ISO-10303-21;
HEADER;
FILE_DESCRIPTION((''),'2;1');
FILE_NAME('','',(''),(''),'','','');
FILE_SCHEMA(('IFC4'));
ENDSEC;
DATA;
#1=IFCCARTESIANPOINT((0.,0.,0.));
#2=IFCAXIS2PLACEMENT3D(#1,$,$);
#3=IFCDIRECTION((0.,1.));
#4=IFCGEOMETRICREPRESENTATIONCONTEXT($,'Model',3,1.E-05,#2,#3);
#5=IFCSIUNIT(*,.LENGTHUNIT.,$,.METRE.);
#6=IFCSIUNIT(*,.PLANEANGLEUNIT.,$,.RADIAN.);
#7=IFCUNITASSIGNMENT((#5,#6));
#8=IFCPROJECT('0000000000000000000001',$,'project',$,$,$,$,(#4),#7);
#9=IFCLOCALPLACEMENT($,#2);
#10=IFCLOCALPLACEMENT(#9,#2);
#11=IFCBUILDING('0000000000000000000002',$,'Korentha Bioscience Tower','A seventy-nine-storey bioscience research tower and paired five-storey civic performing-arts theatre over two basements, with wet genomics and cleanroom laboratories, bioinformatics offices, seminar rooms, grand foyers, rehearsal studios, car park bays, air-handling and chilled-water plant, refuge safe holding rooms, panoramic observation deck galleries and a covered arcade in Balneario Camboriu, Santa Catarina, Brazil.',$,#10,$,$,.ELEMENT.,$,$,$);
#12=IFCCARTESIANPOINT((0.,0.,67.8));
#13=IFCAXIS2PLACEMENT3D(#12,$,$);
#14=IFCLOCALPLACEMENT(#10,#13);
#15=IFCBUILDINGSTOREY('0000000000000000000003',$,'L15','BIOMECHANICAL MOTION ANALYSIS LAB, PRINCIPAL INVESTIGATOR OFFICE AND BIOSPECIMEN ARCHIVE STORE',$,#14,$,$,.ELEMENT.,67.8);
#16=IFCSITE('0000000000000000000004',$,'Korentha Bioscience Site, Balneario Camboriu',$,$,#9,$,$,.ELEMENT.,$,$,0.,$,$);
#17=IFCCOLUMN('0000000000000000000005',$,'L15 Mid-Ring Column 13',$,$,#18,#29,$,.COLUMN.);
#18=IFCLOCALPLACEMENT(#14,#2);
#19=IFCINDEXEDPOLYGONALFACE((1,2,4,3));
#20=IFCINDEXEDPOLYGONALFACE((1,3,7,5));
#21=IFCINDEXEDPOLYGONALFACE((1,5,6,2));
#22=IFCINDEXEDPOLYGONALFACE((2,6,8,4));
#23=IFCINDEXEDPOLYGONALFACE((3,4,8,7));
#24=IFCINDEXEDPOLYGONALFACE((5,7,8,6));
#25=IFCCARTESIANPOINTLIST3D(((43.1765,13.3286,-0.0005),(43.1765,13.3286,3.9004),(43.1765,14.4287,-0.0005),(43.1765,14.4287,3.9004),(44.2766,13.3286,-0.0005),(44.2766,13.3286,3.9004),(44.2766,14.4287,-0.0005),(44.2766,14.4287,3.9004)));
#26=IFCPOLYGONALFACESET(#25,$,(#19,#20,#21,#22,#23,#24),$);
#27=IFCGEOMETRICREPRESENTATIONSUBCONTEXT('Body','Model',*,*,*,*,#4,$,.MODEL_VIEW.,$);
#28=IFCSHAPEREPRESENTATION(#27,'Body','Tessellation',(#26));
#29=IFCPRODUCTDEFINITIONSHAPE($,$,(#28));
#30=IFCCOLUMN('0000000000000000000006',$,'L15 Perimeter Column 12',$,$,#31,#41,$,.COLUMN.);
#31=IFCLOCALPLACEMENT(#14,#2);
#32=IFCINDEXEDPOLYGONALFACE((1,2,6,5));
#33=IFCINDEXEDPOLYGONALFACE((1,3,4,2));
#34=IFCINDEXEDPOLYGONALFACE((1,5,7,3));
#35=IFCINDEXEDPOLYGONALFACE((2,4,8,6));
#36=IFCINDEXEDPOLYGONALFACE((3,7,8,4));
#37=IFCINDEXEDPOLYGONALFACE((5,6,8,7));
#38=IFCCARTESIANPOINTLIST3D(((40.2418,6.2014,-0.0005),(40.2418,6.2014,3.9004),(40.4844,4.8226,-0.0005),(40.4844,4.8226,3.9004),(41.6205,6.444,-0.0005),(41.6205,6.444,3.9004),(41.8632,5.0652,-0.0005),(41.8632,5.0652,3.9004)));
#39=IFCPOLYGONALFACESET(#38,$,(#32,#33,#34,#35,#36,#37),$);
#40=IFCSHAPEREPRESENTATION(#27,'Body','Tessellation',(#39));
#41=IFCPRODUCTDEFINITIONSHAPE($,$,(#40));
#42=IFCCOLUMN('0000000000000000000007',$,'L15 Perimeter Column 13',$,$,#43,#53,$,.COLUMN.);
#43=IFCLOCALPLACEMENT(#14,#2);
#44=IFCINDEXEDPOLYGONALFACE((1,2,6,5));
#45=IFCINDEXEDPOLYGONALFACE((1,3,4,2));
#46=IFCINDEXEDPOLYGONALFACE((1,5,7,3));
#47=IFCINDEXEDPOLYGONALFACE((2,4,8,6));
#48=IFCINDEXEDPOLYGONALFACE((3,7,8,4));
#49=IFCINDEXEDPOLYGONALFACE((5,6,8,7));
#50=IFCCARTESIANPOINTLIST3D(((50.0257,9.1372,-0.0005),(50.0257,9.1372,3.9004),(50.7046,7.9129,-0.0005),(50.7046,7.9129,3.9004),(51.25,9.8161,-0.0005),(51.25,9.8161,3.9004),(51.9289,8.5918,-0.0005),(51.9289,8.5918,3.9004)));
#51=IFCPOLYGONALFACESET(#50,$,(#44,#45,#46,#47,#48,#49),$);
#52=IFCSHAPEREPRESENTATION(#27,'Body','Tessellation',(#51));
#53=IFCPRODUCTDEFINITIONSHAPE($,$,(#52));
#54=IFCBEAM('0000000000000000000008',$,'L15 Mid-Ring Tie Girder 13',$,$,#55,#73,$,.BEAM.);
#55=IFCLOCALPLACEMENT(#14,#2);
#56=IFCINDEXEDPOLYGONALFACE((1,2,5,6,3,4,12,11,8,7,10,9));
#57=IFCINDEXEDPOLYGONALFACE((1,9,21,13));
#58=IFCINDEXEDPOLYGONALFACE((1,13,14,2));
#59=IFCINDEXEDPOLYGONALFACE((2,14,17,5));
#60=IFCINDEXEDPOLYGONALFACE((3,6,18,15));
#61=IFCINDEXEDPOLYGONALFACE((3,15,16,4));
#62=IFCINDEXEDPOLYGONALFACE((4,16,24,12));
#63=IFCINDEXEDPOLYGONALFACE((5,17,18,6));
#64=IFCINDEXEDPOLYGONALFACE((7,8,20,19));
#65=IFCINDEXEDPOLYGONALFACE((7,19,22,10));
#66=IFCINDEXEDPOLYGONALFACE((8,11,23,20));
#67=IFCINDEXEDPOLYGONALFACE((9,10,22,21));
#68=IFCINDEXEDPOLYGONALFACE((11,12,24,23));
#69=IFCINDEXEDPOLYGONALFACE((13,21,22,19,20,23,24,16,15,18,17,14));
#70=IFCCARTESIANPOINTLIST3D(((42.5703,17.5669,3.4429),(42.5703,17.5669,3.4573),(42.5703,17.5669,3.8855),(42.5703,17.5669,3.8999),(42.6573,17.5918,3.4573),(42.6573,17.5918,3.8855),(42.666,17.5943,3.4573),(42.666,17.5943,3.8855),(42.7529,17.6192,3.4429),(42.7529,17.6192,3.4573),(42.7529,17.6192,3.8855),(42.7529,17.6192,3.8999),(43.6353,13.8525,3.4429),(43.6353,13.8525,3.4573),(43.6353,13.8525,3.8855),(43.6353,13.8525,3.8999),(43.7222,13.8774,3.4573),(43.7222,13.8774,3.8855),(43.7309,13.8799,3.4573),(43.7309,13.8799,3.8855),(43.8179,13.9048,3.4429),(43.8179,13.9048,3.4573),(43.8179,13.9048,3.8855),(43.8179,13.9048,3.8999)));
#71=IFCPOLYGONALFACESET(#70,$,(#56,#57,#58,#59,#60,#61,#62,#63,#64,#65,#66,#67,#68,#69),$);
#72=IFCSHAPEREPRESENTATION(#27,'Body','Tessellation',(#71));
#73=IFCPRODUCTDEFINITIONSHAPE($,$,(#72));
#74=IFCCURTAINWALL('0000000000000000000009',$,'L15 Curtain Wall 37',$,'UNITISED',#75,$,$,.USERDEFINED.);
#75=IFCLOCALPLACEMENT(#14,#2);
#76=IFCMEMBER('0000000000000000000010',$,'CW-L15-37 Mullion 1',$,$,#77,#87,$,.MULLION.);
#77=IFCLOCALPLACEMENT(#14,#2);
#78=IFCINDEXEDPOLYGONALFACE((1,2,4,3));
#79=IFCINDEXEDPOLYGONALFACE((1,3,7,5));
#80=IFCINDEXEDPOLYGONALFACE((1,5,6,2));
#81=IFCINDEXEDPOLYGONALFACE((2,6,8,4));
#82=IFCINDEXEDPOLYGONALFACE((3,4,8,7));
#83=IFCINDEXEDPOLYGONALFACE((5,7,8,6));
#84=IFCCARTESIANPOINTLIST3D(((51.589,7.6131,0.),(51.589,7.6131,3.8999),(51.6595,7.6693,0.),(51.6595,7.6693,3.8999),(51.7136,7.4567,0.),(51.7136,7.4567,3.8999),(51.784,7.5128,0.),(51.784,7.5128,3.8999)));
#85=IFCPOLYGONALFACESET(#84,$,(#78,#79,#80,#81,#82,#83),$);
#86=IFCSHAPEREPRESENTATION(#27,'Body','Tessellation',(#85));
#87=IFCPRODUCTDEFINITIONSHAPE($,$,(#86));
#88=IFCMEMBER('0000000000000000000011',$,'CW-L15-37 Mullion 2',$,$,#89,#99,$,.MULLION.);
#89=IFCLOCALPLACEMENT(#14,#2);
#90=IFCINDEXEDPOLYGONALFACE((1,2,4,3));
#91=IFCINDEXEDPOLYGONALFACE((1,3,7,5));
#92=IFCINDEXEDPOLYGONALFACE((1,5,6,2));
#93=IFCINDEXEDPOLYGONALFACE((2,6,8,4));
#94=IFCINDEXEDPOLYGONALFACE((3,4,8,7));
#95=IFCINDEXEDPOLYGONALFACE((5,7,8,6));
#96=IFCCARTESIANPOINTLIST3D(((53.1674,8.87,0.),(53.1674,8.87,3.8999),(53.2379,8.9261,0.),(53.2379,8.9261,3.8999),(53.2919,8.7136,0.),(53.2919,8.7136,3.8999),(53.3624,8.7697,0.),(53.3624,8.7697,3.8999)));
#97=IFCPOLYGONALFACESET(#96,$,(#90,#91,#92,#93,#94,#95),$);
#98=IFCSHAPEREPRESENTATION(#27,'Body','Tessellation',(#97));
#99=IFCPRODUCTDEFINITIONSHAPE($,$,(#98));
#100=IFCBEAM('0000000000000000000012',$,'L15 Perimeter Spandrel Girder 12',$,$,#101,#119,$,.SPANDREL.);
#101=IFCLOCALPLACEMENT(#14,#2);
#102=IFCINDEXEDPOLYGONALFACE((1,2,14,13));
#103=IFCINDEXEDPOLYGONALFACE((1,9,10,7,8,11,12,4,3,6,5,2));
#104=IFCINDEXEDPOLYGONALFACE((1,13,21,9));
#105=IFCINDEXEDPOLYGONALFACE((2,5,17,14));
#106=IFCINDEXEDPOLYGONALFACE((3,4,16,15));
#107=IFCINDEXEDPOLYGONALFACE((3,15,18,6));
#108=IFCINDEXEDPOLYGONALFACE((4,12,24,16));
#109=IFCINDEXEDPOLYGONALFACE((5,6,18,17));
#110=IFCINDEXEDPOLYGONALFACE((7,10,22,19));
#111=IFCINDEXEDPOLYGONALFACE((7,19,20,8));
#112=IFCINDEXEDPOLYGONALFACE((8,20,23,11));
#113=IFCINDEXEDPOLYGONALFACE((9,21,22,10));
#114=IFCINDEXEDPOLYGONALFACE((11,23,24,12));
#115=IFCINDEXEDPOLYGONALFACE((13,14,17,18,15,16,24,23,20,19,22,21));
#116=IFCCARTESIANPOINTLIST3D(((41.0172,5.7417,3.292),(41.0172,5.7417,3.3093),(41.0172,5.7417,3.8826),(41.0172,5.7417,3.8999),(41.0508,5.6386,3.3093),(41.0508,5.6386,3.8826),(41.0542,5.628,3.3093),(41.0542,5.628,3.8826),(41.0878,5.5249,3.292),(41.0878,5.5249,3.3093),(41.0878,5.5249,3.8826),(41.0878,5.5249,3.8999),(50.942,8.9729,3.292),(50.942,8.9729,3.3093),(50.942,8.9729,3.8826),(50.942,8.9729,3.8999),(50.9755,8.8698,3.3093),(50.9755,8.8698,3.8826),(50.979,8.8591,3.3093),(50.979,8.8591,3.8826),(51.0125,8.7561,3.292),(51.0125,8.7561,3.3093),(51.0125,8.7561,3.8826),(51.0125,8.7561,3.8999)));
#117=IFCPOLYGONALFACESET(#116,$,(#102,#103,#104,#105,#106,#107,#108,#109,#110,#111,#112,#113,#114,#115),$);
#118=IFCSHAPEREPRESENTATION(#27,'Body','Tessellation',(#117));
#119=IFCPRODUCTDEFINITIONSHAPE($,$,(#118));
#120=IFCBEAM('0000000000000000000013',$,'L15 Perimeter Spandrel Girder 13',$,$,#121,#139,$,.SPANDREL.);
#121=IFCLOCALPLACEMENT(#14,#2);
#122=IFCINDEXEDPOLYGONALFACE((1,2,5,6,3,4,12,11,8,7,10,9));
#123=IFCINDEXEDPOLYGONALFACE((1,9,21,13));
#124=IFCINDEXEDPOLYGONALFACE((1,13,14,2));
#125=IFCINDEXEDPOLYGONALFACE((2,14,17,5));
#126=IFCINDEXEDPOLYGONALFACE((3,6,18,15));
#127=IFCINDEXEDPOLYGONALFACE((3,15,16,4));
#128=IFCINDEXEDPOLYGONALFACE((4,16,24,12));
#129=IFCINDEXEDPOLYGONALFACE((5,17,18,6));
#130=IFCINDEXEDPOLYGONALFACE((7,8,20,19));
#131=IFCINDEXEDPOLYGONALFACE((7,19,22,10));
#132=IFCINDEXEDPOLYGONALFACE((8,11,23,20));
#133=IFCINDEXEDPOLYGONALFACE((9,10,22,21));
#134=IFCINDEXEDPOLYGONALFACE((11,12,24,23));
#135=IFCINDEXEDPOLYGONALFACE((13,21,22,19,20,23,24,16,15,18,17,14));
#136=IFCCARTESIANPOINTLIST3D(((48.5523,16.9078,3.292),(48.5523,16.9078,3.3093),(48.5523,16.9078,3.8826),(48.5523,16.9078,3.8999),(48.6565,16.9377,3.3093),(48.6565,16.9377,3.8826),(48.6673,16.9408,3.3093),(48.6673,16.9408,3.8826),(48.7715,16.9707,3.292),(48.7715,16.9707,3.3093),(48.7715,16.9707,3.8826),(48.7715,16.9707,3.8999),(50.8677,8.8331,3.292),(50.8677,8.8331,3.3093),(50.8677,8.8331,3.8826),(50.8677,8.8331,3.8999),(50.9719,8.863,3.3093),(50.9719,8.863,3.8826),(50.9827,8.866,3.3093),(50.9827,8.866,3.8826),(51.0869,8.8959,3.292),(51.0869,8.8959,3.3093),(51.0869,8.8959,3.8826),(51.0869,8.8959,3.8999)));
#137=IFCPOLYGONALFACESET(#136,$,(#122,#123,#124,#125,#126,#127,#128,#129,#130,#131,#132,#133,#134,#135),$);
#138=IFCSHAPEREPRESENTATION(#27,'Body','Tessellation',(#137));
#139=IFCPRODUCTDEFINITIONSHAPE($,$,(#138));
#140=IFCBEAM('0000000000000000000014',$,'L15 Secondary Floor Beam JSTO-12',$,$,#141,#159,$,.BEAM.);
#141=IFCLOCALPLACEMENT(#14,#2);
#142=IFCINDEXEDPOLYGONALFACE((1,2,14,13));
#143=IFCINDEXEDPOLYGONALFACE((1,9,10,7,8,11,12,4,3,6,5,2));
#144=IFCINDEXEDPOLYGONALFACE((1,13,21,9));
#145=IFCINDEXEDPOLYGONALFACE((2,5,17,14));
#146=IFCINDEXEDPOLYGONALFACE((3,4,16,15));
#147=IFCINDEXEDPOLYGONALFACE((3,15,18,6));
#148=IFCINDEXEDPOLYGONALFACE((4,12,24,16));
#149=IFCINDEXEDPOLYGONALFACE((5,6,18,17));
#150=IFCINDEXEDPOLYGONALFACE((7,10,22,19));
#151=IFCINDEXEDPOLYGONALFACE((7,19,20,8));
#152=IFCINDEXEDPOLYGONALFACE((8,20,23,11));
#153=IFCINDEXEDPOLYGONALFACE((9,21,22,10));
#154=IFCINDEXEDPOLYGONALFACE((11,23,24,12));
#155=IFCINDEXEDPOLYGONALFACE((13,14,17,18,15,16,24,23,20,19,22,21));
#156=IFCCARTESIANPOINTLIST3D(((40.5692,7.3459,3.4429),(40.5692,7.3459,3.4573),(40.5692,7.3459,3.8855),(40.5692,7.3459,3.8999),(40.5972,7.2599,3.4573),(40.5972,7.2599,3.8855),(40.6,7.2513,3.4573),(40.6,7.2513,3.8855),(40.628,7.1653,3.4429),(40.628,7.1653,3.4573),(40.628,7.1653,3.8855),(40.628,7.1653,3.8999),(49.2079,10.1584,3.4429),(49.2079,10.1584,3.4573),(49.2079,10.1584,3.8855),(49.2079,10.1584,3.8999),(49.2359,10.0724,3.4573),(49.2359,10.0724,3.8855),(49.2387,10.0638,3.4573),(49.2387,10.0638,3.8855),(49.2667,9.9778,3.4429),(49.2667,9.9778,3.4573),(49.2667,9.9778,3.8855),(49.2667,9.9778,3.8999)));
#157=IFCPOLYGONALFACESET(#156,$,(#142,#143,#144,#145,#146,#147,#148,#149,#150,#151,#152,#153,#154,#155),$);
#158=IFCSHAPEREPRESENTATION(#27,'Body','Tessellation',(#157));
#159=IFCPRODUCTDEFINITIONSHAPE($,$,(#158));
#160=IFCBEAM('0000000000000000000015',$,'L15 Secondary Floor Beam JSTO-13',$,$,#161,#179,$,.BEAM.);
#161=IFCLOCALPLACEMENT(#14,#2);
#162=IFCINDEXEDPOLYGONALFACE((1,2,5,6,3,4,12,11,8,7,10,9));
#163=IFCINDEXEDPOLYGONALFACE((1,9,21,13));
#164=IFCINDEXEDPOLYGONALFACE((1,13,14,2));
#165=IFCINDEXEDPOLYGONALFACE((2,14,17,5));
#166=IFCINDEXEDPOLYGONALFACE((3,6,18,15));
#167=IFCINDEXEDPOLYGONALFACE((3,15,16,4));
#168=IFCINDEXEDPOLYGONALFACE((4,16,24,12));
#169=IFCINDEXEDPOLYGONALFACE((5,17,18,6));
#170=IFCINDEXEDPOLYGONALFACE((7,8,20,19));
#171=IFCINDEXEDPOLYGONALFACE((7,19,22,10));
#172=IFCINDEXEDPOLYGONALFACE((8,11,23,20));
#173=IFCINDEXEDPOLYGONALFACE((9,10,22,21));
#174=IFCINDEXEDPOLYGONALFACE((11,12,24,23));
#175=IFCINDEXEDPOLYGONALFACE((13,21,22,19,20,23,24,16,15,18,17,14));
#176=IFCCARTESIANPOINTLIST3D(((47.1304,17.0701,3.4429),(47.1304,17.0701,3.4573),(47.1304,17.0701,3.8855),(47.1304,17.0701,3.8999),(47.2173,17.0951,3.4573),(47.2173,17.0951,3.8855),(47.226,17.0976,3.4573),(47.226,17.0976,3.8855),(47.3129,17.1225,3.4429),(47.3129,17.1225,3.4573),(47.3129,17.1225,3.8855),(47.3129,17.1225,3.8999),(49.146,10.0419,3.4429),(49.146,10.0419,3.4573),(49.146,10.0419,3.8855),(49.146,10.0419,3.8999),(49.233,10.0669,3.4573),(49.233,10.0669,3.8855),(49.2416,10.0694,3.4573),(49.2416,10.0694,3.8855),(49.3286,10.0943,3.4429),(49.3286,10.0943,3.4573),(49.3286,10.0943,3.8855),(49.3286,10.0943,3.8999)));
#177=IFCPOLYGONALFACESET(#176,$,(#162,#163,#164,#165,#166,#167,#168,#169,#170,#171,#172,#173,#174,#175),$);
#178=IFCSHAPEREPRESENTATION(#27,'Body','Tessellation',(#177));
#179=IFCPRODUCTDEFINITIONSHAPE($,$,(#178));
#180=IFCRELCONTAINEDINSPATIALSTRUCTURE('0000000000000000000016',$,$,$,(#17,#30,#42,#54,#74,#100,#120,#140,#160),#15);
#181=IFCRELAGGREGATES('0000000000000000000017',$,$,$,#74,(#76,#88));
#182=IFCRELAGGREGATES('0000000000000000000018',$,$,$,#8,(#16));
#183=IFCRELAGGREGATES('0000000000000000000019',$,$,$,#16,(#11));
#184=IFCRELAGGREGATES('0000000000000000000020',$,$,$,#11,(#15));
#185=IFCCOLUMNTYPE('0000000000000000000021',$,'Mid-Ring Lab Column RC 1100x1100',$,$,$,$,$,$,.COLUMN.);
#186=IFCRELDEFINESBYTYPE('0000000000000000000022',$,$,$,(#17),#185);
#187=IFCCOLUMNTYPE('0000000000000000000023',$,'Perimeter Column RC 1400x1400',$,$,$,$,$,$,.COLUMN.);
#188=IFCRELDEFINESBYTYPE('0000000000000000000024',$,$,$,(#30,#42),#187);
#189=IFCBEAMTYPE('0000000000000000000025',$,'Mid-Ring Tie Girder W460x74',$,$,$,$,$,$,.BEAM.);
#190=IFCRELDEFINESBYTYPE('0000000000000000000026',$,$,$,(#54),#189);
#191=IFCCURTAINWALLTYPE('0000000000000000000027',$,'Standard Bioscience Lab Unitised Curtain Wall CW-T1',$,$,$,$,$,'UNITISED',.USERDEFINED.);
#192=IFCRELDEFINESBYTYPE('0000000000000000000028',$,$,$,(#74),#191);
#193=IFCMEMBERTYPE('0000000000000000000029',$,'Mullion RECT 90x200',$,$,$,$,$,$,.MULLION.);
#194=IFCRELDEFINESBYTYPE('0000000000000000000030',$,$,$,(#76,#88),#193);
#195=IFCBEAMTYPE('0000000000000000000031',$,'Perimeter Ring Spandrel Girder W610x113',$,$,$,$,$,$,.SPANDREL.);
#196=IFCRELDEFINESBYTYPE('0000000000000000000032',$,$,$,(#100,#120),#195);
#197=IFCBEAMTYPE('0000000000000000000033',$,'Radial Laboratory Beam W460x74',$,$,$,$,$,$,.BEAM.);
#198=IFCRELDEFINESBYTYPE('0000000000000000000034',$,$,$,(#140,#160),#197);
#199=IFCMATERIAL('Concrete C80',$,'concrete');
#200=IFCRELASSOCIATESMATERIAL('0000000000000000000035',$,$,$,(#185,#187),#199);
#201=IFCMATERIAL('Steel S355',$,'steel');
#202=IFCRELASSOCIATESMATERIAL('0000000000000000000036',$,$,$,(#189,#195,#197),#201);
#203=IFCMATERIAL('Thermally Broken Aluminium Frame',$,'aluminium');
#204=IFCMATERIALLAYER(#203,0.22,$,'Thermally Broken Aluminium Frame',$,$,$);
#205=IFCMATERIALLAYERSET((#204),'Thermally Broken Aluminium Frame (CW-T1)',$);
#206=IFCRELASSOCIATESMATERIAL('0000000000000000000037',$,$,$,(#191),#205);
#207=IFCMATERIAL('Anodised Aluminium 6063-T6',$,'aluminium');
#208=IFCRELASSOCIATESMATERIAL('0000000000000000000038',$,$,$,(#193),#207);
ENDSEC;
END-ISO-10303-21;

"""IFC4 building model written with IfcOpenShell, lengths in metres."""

from ifc_helpers import new_model, si_unit, direction, frame, origin, origin_2d, place, context, subcontext, project, spatial, rectangle, i_section, extrude, material, layer, layer_set, material_profile, profile_set, type_object, element, aggregate, save


model = new_model("IFC4")

# Units and contexts
model_context = context("Model", 3, precision=1e-05, world=origin(), true_north=direction((0.0, 1.0)))
body_context = subcontext(model_context, "Body", "Model", "MODEL_VIEW")
ifc_project = project(units=[si_unit("LENGTHUNIT", "METRE"), si_unit("PLANEANGLEUNIT", "RADIAN")], contexts=[model_context])

# Site, building, storey
site_placement = place(None, origin())
site = spatial("IfcSite", under=ifc_project, at=site_placement, Name="Korentha Bioscience Site, Balneario Camboriu", CompositionType="ELEMENT", RefElevation=0.0)
building_placement = place(site_placement, origin())
building = spatial("IfcBuilding", under=site, at=building_placement, Name="Korentha Bioscience Tower", Description="A seventy-nine-storey bioscience research tower and paired five-storey civic performing-arts theatre over two basements, with wet genomics and cleanroom laboratories, bioinformatics offices, seminar rooms, grand foyers, rehearsal studios, car park bays, air-handling and chilled-water plant, refuge safe holding rooms, panoramic observation deck galleries and a covered arcade in Balneario Camboriu, Santa Catarina, Brazil.", CompositionType="ELEMENT")
storey_placement = place(building_placement, frame((0.0, 0.0, 67.8)))
storey = spatial("IfcBuildingStorey", under=building, at=storey_placement, Name="L15", Description="BIOMECHANICAL MOTION ANALYSIS LAB, PRINCIPAL INVESTIGATOR OFFICE AND BIOSPECIMEN ARCHIVE STORE", CompositionType="ELEMENT", Elevation=67.8)

# Columns
ifc_material_1 = material(Name="Concrete C80", Category="concrete")
ifc_material_profile_1 = material_profile(ifc_material_1, rectangle(XDim=1.1001, YDim=1.1001, at=origin_2d()), Name="Concrete C80")
ifc_profile_set_1 = profile_set([ifc_material_profile_1], Name="Concrete C80 (COL-MR11)")
column_type_1 = type_object("IfcColumnType", Name="Mid-Ring Lab Column RC 1100x1100", PredefinedType="COLUMN", material=ifc_profile_set_1)
column_placement = place(storey_placement, frame((43.7266, 13.8787, -0.0005), z_axis=(0.0, 0.0, 1.0), x_axis=(1.0, 0.0, 0.0)))
element("IfcColumn", 1, at=column_placement, inside=storey, type_object=column_type_1, Name="L15 Mid-Ring Column 13", PredefinedType="COLUMN", context=body_context, shape_type="SweptSolid", body=[
    extrude(rectangle(XDim=1.1001, YDim=1.1001, at=origin_2d()), origin(), (0.0, 0.0, 1.0), 3.9009),
])
ifc_material_profile_2 = material_profile(ifc_material_1, rectangle(XDim=1.3999, YDim=1.3999, at=origin_2d()), Name="Concrete C80")
ifc_profile_set_2 = profile_set([ifc_material_profile_2], Name="Concrete C80 (COL-P14)")
column_type_2 = type_object("IfcColumnType", Name="Perimeter Column RC 1400x1400", PredefinedType="COLUMN", material=ifc_profile_set_2)
for number, where, z_axis, x_axis, name in (
    (2, (41.0525, 5.6333, -0.0005), (0.0, 0.0, 1.0), (0.984868, 0.173304, 0.0), "L15 Perimeter Column 12"),
    (3, (50.9773, 8.8645, -0.0005), (0.0, 0.0, 1.0), (0.874535, 0.484962, 0.0), "L15 Perimeter Column 13"),
):
    element("IfcColumn", number, at=place(storey_placement, frame(where, z_axis=z_axis, x_axis=x_axis)), inside=storey, type_object=column_type_2, Name=name, PredefinedType="COLUMN", context=body_context, shape_type="SweptSolid", body=[
        extrude(rectangle(XDim=1.3999, YDim=1.3999, at=origin_2d()), origin(), (0.0, 0.0, 1.0), 3.9009),
    ])

# Beam
ifc_material_2 = material(Name="Steel S355", Category="steel")
ifc_material_profile_3 = material_profile(ifc_material_2, i_section(OverallWidth=0.1899, OverallDepth=0.457, WebThickness=0.009, FlangeThickness=0.0144, at=origin_2d()), Name="Steel S355")
ifc_profile_set_3 = profile_set([ifc_material_profile_3], Name="Steel S355 (MB-460)")
beam_type_1 = type_object("IfcBeamType", Name="Mid-Ring Tie Girder W460x74", PredefinedType="BEAM", material=ifc_profile_set_3)
beam_1_placement = place(storey_placement, frame((43.7266, 13.8787, 3.6714), z_axis=(-0.275606, 0.961271, 0.0), x_axis=(-0.961271, -0.275606, 0.0)))
element("IfcBeam", 4, at=beam_1_placement, inside=storey, type_object=beam_type_1, Name="L15 Mid-Ring Tie Girder 13", PredefinedType="BEAM", context=body_context, shape_type="SweptSolid", body=[
    extrude(i_section(OverallWidth=0.1899, OverallDepth=0.457, WebThickness=0.009, FlangeThickness=0.0144, at=origin_2d()), origin(), (0.0, 0.0, 1.0), 3.864),
])

# Curtain wall, members
ifc_material_3 = material(Name="Thermally Broken Aluminium Frame", Category="aluminium")
ifc_layer_1 = layer(ifc_material_3, 0.22, Name="Thermally Broken Aluminium Frame")
ifc_layer_set_1 = layer_set([ifc_layer_1], Name="Thermally Broken Aluminium Frame (CW-T1)")
curtain_wall_type = type_object("IfcCurtainWallType", Name="Standard Bioscience Lab Unitised Curtain Wall CW-T1", ElementType="UNITISED", PredefinedType="USERDEFINED", material=ifc_layer_set_1)
curtain_wall_placement = place(storey_placement, origin())
curtain_wall = element("IfcCurtainWall", 5, at=curtain_wall_placement, inside=storey, type_object=curtain_wall_type, Name="L15 Curtain Wall 37", ObjectType="UNITISED", PredefinedType="USERDEFINED")
ifc_material_4 = material(Name="Anodised Aluminium 6063-T6", Category="aluminium")
ifc_material_profile_4 = material_profile(ifc_material_4, rectangle(XDim=0.0901, YDim=0.2, at=origin_2d()), Name="Anodised Aluminium 6063-T6")
ifc_profile_set_4 = profile_set([ifc_material_profile_4], Name="Anodised Aluminium 6063-T6 (CW-MUL)")
member_type_1 = type_object("IfcMemberType", Name="Mullion RECT 90x200", PredefinedType="MULLION", material=ifc_profile_set_4)
member_1_placement = place(storey_placement, frame((51.6865, 7.563, 0.0), z_axis=(0.0, 0.0, 1.0), x_axis=(0.782288, 0.622917, 0.0)))
member_1 = element("IfcMember", 6, at=member_1_placement, type_object=member_type_1, Name="CW-L15-37 Mullion 1", PredefinedType="MULLION", context=body_context, shape_type="SweptSolid", body=[
    extrude(rectangle(XDim=0.0901, YDim=0.2, at=origin_2d()), origin(), (0.0, 0.0, 1.0), 3.8999),
])
member_2_placement = place(storey_placement, frame((53.2649, 8.8198, 0.0), z_axis=(0.0, 0.0, 1.0), x_axis=(0.782288, 0.622917, 0.0)))
member_2 = element("IfcMember", 7, at=member_2_placement, type_object=member_type_1, Name="CW-L15-37 Mullion 2", PredefinedType="MULLION", context=body_context, shape_type="SweptSolid", body=[
    extrude(rectangle(XDim=0.0901, YDim=0.2, at=origin_2d()), origin(), (0.0, 0.0, 1.0), 3.8999),
])

# Beams
ifc_material_profile_5 = material_profile(ifc_material_2, i_section(OverallWidth=0.228, OverallDepth=0.6079, WebThickness=0.0112, FlangeThickness=0.0173, at=origin_2d()), Name="Steel S355")
ifc_profile_set_5 = profile_set([ifc_material_profile_5], Name="Steel S355 (SB-610)")
beam_type_2 = type_object("IfcBeamType", Name="Perimeter Ring Spandrel Girder W610x113", PredefinedType="SPANDREL", material=ifc_profile_set_5)
beam_2_placement = place(storey_placement, frame((41.0525, 5.6333, 3.5959), z_axis=(0.950875, 0.309575, 0.0), x_axis=(-0.309575, 0.950875, 0.0)))
element("IfcBeam", 8, at=beam_2_placement, inside=storey, type_object=beam_type_2, Name="L15 Perimeter Spandrel Girder 12", PredefinedType="SPANDREL", context=body_context, shape_type="SweptSolid", body=[
    extrude(i_section(OverallWidth=0.228, OverallDepth=0.6079, WebThickness=0.0112, FlangeThickness=0.0173, at=origin_2d()), origin(), (0.0, 0.0, 1.0), 10.4375),
])
beam_3_placement = place(storey_placement, frame((50.9773, 8.8645, 3.5959), z_axis=(-0.275642, 0.96126, 0.0), x_axis=(-0.96126, -0.275642, 0.0)))
element("IfcBeam", 9, at=beam_3_placement, inside=storey, type_object=beam_type_2, Name="L15 Perimeter Spandrel Girder 13", PredefinedType="SPANDREL", context=body_context, shape_type="SweptSolid", body=[
    extrude(i_section(OverallWidth=0.228, OverallDepth=0.6079, WebThickness=0.0112, FlangeThickness=0.0173, at=origin_2d()), origin(), (0.0, 0.0, 1.0), 8.4001),
])
ifc_material_profile_6 = material_profile(ifc_material_2, i_section(OverallWidth=0.1899, OverallDepth=0.457, WebThickness=0.009, FlangeThickness=0.0144, at=origin_2d()), Name="Steel S355")
ifc_profile_set_6 = profile_set([ifc_material_profile_6], Name="Steel S355 (RB-460)")
beam_type_3 = type_object("IfcBeamType", Name="Radial Laboratory Beam W460x74", PredefinedType="BEAM", material=ifc_profile_set_6)
beam_4_placement = place(storey_placement, frame((40.5986, 7.2556, 3.6714), z_axis=(0.950874, 0.309577, 0.0), x_axis=(-0.309577, 0.950874, 0.0)))
element("IfcBeam", 10, at=beam_4_placement, inside=storey, type_object=beam_type_3, Name="L15 Secondary Floor Beam JSTO-12", PredefinedType="BEAM", context=body_context, shape_type="SweptSolid", body=[
    extrude(i_section(OverallWidth=0.1899, OverallDepth=0.457, WebThickness=0.009, FlangeThickness=0.0144, at=origin_2d()), origin(), (0.0, 0.0, 1.0), 9.085),
])
beam_5_placement = place(storey_placement, frame((49.2373, 10.0681, 3.6714), z_axis=(-0.275682, 0.961249, 0.0), x_axis=(-0.961249, -0.275682, 0.0)))
element("IfcBeam", 11, at=beam_5_placement, inside=storey, type_object=beam_type_3, Name="L15 Secondary Floor Beam JSTO-13", PredefinedType="BEAM", context=body_context, shape_type="SweptSolid", body=[
    extrude(i_section(OverallWidth=0.1899, OverallDepth=0.457, WebThickness=0.009, FlangeThickness=0.0144, at=origin_2d()), origin(), (0.0, 0.0, 1.0), 7.3115),
])

aggregate(curtain_wall, [member_1, member_2])

save(model, "model.ifc")
